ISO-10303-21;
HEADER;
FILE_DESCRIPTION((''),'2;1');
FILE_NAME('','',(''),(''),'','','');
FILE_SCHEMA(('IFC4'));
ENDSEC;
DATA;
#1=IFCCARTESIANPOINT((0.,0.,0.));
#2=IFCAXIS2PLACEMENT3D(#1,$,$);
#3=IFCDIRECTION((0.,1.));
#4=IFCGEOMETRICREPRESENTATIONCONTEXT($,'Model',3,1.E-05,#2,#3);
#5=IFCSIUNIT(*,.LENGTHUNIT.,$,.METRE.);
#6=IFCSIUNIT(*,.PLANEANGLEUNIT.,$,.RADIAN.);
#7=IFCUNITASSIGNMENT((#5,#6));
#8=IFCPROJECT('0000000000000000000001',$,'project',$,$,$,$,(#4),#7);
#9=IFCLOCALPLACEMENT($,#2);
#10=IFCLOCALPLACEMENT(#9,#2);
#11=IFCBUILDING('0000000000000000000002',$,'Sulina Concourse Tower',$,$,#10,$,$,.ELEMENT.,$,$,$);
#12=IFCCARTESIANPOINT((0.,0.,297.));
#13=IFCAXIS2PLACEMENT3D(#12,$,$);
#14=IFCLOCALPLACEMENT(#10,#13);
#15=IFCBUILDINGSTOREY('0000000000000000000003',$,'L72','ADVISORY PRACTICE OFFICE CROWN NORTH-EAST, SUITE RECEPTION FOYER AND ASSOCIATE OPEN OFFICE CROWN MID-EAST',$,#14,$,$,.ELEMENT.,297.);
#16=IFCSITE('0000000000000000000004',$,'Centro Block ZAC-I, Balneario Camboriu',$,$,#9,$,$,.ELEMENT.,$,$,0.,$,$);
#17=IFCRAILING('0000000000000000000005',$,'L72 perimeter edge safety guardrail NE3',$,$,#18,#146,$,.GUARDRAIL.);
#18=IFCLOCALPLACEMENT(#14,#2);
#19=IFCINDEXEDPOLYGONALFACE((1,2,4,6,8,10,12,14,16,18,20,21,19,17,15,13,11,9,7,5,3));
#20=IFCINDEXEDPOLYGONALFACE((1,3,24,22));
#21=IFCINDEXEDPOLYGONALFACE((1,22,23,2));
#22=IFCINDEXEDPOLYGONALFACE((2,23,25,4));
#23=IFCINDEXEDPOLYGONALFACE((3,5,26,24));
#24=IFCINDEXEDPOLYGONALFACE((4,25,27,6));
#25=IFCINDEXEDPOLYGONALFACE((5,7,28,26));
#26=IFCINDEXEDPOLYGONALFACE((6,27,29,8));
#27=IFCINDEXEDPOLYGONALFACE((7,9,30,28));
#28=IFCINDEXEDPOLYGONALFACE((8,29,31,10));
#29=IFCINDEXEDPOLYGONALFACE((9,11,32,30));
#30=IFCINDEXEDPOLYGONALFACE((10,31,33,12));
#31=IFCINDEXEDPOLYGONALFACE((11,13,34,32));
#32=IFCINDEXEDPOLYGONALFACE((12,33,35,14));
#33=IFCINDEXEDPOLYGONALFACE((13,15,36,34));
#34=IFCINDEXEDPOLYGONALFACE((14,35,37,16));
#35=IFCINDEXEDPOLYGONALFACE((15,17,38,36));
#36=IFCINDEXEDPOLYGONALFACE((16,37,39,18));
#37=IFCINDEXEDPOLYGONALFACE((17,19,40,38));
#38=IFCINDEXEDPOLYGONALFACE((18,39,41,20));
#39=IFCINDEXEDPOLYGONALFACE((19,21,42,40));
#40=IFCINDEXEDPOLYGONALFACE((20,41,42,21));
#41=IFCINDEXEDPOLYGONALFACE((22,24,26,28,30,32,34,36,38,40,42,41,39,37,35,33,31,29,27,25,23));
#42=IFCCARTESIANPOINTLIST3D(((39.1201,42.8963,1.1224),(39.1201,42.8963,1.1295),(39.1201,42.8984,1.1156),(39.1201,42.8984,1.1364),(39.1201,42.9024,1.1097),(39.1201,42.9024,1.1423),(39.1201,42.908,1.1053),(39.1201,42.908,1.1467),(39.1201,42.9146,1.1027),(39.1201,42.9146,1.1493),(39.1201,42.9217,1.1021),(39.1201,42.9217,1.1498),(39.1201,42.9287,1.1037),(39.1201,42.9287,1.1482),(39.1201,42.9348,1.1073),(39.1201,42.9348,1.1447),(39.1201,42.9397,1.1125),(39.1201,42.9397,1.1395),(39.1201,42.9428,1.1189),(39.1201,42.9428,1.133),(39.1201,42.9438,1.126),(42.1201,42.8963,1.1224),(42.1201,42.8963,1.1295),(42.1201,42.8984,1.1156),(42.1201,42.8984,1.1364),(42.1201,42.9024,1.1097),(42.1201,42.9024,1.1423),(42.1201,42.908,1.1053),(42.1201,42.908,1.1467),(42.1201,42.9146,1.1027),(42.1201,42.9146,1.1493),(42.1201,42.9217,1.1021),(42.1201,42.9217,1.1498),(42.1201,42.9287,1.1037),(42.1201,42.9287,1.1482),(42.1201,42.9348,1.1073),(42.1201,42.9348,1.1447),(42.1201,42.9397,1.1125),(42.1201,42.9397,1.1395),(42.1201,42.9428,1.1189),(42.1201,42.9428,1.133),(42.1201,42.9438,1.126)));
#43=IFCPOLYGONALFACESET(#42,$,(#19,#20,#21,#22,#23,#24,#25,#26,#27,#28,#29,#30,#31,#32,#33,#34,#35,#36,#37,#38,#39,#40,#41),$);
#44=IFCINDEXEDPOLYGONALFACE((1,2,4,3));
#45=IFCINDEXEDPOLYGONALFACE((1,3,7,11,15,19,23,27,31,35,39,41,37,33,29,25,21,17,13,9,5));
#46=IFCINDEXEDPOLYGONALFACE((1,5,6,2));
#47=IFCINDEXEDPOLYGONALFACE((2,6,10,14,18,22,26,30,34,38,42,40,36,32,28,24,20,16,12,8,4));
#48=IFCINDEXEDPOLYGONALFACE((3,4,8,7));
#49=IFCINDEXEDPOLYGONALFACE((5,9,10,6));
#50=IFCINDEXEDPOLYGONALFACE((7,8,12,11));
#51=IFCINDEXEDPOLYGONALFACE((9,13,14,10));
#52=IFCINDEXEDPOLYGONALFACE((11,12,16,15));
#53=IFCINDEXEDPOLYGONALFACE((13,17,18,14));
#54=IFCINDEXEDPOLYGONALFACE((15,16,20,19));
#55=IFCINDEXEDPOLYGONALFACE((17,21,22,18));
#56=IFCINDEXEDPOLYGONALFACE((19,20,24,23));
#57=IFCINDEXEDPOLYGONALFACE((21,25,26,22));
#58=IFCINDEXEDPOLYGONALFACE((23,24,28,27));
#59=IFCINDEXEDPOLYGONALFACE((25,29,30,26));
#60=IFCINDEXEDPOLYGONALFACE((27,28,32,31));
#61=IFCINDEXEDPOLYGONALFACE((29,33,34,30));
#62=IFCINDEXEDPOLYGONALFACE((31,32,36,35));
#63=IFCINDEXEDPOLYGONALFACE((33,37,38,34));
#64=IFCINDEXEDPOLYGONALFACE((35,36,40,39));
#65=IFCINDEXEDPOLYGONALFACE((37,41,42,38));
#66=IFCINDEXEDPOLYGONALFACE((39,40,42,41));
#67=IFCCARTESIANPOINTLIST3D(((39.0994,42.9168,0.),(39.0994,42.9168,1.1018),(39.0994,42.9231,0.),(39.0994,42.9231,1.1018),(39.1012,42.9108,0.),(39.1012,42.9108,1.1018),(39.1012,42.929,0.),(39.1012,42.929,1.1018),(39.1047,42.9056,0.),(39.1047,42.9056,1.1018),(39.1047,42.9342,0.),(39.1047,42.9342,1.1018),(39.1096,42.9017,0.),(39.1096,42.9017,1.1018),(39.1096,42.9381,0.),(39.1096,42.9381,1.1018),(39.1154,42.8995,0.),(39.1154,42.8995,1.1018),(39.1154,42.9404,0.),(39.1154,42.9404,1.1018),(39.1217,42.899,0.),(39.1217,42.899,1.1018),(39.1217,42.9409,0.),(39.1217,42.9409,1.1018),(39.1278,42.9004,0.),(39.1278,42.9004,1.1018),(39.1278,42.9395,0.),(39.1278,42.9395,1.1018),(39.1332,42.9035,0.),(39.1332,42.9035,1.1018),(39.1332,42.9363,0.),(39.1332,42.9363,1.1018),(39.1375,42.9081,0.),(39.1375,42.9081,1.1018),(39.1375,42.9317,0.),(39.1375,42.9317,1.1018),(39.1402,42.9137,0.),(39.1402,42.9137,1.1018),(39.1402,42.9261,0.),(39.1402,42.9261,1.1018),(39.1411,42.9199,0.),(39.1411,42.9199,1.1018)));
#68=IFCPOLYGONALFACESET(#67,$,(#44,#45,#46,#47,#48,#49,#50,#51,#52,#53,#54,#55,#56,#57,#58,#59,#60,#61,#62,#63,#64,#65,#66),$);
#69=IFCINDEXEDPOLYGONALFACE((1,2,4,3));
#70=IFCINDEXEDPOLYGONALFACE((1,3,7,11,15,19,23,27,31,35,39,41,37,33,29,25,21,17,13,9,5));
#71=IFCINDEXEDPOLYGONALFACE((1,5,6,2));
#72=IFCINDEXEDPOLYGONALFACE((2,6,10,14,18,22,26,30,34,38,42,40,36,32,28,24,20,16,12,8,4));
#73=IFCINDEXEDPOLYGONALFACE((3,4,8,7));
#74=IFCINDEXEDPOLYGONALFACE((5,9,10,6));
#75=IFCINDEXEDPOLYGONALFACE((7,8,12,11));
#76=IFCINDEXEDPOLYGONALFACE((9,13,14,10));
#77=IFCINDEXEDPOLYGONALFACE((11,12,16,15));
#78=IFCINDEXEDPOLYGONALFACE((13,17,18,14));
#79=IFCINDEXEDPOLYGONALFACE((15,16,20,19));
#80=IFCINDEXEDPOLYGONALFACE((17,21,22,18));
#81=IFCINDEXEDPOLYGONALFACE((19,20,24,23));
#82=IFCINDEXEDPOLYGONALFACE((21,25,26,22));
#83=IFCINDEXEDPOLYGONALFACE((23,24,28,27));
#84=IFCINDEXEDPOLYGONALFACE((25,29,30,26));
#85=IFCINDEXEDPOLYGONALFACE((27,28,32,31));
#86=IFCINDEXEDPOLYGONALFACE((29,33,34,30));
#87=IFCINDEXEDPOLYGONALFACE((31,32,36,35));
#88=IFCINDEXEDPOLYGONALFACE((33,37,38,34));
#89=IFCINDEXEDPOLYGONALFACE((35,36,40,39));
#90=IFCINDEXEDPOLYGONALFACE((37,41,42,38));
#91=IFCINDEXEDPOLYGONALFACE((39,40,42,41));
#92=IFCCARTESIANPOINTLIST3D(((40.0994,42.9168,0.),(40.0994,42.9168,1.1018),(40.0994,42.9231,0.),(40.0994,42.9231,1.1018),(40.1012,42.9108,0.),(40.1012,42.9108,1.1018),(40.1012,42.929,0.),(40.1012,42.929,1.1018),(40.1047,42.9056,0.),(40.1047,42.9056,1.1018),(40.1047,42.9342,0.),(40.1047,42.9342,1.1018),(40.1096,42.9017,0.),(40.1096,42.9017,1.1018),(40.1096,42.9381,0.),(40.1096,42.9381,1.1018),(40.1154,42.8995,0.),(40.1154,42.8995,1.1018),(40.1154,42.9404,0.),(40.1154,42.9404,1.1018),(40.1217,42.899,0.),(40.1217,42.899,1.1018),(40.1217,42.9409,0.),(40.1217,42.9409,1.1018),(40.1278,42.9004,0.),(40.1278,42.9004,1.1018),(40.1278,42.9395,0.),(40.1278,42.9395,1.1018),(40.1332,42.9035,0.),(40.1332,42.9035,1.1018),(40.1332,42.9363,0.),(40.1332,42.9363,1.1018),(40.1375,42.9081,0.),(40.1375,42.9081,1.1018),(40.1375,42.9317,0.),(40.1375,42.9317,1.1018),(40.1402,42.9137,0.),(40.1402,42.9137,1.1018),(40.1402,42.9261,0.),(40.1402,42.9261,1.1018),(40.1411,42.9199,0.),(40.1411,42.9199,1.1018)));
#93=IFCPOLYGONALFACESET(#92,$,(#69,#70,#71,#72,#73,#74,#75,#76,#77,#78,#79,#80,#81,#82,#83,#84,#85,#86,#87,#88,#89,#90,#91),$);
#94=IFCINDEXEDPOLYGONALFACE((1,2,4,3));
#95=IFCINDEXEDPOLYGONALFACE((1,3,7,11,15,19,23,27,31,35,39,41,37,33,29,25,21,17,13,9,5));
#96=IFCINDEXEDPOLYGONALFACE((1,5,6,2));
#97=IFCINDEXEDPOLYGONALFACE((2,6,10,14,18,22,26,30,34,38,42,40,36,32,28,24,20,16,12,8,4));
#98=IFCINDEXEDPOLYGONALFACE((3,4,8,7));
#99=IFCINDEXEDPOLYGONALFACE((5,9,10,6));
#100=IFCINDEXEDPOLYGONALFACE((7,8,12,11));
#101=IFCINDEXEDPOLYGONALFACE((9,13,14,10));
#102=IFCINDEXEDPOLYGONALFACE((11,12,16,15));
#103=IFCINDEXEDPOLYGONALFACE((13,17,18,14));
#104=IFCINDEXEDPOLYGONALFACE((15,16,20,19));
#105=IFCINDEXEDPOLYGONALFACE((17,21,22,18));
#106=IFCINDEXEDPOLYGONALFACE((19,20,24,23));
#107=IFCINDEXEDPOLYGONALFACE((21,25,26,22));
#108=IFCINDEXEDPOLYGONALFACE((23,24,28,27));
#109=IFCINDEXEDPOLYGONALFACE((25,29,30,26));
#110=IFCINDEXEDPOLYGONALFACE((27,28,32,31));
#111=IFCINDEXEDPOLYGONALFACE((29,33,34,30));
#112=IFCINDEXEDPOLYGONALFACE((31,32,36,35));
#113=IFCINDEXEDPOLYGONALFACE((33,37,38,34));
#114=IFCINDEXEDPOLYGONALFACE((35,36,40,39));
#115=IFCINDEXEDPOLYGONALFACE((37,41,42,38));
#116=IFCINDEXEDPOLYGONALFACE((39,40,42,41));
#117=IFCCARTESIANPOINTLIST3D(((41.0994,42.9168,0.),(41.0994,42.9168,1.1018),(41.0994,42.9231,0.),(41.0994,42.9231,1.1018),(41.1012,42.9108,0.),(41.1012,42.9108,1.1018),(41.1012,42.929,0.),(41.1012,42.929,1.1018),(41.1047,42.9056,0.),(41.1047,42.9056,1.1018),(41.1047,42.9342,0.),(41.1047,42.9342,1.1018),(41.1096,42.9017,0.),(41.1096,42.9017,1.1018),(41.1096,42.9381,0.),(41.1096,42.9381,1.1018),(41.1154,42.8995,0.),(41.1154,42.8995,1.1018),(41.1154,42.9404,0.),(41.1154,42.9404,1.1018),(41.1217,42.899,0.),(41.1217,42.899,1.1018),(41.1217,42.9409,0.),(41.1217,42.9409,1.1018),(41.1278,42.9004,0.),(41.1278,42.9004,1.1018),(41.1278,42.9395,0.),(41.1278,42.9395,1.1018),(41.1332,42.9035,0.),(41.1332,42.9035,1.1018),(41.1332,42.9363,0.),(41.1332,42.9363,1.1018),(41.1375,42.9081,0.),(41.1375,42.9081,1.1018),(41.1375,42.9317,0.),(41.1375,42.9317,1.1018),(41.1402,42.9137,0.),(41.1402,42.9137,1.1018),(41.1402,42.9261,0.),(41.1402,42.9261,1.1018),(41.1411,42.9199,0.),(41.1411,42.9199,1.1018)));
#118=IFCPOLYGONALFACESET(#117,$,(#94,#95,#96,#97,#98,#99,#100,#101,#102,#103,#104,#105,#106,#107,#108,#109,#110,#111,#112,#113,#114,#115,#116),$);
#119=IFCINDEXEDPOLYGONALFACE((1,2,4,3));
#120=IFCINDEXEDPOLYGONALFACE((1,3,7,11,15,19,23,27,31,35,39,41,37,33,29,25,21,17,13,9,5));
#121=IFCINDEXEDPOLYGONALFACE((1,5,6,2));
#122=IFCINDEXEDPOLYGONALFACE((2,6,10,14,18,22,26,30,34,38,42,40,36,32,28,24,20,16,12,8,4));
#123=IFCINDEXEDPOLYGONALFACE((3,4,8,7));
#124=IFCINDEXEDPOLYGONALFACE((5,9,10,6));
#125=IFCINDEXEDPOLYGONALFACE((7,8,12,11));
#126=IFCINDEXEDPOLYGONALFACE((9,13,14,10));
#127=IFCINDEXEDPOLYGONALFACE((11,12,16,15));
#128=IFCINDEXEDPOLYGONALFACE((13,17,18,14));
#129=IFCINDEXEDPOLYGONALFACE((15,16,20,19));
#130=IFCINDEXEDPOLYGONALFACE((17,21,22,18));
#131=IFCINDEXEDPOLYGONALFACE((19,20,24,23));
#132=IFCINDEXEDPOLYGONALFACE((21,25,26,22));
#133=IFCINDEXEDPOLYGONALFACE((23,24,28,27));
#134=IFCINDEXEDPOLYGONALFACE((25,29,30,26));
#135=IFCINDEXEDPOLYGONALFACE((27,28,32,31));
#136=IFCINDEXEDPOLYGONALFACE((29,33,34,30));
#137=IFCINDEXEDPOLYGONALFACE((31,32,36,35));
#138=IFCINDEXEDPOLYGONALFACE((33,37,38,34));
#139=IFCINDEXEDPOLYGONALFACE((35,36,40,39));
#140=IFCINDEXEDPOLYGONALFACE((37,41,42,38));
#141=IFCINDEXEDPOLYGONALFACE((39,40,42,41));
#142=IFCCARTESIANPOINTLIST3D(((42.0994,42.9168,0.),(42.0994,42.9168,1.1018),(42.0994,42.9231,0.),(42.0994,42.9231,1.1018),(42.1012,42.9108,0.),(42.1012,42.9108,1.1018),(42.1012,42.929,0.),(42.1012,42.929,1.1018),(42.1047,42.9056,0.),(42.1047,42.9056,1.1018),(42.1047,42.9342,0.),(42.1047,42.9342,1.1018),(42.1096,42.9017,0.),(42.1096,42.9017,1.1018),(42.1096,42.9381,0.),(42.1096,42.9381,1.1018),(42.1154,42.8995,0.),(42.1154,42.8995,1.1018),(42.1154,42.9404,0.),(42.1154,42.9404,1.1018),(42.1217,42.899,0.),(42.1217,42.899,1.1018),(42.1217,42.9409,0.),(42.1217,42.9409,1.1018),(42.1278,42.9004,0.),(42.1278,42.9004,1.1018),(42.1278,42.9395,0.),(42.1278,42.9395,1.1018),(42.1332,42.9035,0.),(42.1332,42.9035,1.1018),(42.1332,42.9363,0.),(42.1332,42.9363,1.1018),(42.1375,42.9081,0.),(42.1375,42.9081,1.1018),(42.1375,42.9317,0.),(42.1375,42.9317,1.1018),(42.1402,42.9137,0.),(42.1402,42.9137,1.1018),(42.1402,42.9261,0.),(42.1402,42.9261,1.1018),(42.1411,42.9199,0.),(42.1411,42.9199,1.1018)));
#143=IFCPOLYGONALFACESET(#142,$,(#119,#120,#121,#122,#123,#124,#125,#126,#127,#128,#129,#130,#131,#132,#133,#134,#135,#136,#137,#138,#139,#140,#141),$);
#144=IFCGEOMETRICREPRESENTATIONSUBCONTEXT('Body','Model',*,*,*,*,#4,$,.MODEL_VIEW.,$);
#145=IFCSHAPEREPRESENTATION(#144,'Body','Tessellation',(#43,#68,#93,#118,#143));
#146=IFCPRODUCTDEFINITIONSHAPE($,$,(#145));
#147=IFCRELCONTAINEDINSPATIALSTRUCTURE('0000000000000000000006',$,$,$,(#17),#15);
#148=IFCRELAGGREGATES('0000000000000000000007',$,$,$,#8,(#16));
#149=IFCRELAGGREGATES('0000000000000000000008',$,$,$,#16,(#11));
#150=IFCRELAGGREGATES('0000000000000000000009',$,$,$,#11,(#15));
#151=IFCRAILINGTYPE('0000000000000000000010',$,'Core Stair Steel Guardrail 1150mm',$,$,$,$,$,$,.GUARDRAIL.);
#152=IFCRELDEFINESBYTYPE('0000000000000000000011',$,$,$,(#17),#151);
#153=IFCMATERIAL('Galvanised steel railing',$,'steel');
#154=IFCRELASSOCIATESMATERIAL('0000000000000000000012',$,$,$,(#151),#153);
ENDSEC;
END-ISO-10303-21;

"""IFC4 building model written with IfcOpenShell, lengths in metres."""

from ifc_helpers import new_model, si_unit, direction, frame, origin, origin_2d, place, context, subcontext, project, spatial, circle, extrude, material, type_object, element, save


model = new_model("IFC4")

# Units and contexts
model_context = context("Model", 3, precision=1e-05, world=origin(), true_north=direction((0.0, 1.0)))
body_context = subcontext(model_context, "Body", "Model", "MODEL_VIEW")
ifc_project = project(units=[si_unit("LENGTHUNIT", "METRE"), si_unit("PLANEANGLEUNIT", "RADIAN")], contexts=[model_context])

# Site, building, storey
site_placement = place(None, origin())
site = spatial("IfcSite", under=ifc_project, at=site_placement, Name="Centro Block ZAC-I, Balneario Camboriu", CompositionType="ELEMENT", RefElevation=0.0)
building_placement = place(site_placement, origin())
building = spatial("IfcBuilding", under=site, at=building_placement, Name="Sulina Concourse Tower", CompositionType="ELEMENT")
storey_placement = place(building_placement, frame((0.0, 0.0, 297.0)))
storey = spatial("IfcBuildingStorey", under=building, at=storey_placement, Name="L72", Description="ADVISORY PRACTICE OFFICE CROWN NORTH-EAST, SUITE RECEPTION FOYER AND ASSOCIATE OPEN OFFICE CROWN MID-EAST", CompositionType="ELEMENT", Elevation=297.0)

# Railing
ifc_material_1 = material(Name="Galvanised steel railing", Category="steel")
railing_type_1 = type_object("IfcRailingType", Name="Core Stair Steel Guardrail 1150mm", PredefinedType="GUARDRAIL", material=ifc_material_1)
railing_1_placement = place(storey_placement, frame((39.1201, 42.9199, 0.0)))
element("IfcRailing", 1, at=railing_1_placement, inside=storey, type_object=railing_type_1, Name="L72 perimeter edge safety guardrail NE3", PredefinedType="GUARDRAIL", context=body_context, shape_type="SweptSolid", body=[
    extrude(circle(Radius=0.0239, at=origin_2d()), frame((0.0, 0.0, 1.126), z_axis=(1.0, 0.0, 0.0), x_axis=(0.0, 1.0, 0.0)), (0.0, 0.0, 1.0), 3.0),
    extrude(circle(Radius=0.021, at=origin_2d()), origin(), (0.0, 0.0, 1.0), 1.1018),
    extrude(circle(Radius=0.021, at=origin_2d()), frame((1.0, 0.0, 0.0)), (0.0, 0.0, 1.0), 1.1018),
    extrude(circle(Radius=0.021, at=origin_2d()), frame((2.0, 0.0, 0.0)), (0.0, 0.0, 1.0), 1.1018),
    extrude(circle(Radius=0.021, at=origin_2d()), frame((3.0, 0.0, 0.0)), (0.0, 0.0, 1.0), 1.1018),
])

save(model, "model.ifc")
